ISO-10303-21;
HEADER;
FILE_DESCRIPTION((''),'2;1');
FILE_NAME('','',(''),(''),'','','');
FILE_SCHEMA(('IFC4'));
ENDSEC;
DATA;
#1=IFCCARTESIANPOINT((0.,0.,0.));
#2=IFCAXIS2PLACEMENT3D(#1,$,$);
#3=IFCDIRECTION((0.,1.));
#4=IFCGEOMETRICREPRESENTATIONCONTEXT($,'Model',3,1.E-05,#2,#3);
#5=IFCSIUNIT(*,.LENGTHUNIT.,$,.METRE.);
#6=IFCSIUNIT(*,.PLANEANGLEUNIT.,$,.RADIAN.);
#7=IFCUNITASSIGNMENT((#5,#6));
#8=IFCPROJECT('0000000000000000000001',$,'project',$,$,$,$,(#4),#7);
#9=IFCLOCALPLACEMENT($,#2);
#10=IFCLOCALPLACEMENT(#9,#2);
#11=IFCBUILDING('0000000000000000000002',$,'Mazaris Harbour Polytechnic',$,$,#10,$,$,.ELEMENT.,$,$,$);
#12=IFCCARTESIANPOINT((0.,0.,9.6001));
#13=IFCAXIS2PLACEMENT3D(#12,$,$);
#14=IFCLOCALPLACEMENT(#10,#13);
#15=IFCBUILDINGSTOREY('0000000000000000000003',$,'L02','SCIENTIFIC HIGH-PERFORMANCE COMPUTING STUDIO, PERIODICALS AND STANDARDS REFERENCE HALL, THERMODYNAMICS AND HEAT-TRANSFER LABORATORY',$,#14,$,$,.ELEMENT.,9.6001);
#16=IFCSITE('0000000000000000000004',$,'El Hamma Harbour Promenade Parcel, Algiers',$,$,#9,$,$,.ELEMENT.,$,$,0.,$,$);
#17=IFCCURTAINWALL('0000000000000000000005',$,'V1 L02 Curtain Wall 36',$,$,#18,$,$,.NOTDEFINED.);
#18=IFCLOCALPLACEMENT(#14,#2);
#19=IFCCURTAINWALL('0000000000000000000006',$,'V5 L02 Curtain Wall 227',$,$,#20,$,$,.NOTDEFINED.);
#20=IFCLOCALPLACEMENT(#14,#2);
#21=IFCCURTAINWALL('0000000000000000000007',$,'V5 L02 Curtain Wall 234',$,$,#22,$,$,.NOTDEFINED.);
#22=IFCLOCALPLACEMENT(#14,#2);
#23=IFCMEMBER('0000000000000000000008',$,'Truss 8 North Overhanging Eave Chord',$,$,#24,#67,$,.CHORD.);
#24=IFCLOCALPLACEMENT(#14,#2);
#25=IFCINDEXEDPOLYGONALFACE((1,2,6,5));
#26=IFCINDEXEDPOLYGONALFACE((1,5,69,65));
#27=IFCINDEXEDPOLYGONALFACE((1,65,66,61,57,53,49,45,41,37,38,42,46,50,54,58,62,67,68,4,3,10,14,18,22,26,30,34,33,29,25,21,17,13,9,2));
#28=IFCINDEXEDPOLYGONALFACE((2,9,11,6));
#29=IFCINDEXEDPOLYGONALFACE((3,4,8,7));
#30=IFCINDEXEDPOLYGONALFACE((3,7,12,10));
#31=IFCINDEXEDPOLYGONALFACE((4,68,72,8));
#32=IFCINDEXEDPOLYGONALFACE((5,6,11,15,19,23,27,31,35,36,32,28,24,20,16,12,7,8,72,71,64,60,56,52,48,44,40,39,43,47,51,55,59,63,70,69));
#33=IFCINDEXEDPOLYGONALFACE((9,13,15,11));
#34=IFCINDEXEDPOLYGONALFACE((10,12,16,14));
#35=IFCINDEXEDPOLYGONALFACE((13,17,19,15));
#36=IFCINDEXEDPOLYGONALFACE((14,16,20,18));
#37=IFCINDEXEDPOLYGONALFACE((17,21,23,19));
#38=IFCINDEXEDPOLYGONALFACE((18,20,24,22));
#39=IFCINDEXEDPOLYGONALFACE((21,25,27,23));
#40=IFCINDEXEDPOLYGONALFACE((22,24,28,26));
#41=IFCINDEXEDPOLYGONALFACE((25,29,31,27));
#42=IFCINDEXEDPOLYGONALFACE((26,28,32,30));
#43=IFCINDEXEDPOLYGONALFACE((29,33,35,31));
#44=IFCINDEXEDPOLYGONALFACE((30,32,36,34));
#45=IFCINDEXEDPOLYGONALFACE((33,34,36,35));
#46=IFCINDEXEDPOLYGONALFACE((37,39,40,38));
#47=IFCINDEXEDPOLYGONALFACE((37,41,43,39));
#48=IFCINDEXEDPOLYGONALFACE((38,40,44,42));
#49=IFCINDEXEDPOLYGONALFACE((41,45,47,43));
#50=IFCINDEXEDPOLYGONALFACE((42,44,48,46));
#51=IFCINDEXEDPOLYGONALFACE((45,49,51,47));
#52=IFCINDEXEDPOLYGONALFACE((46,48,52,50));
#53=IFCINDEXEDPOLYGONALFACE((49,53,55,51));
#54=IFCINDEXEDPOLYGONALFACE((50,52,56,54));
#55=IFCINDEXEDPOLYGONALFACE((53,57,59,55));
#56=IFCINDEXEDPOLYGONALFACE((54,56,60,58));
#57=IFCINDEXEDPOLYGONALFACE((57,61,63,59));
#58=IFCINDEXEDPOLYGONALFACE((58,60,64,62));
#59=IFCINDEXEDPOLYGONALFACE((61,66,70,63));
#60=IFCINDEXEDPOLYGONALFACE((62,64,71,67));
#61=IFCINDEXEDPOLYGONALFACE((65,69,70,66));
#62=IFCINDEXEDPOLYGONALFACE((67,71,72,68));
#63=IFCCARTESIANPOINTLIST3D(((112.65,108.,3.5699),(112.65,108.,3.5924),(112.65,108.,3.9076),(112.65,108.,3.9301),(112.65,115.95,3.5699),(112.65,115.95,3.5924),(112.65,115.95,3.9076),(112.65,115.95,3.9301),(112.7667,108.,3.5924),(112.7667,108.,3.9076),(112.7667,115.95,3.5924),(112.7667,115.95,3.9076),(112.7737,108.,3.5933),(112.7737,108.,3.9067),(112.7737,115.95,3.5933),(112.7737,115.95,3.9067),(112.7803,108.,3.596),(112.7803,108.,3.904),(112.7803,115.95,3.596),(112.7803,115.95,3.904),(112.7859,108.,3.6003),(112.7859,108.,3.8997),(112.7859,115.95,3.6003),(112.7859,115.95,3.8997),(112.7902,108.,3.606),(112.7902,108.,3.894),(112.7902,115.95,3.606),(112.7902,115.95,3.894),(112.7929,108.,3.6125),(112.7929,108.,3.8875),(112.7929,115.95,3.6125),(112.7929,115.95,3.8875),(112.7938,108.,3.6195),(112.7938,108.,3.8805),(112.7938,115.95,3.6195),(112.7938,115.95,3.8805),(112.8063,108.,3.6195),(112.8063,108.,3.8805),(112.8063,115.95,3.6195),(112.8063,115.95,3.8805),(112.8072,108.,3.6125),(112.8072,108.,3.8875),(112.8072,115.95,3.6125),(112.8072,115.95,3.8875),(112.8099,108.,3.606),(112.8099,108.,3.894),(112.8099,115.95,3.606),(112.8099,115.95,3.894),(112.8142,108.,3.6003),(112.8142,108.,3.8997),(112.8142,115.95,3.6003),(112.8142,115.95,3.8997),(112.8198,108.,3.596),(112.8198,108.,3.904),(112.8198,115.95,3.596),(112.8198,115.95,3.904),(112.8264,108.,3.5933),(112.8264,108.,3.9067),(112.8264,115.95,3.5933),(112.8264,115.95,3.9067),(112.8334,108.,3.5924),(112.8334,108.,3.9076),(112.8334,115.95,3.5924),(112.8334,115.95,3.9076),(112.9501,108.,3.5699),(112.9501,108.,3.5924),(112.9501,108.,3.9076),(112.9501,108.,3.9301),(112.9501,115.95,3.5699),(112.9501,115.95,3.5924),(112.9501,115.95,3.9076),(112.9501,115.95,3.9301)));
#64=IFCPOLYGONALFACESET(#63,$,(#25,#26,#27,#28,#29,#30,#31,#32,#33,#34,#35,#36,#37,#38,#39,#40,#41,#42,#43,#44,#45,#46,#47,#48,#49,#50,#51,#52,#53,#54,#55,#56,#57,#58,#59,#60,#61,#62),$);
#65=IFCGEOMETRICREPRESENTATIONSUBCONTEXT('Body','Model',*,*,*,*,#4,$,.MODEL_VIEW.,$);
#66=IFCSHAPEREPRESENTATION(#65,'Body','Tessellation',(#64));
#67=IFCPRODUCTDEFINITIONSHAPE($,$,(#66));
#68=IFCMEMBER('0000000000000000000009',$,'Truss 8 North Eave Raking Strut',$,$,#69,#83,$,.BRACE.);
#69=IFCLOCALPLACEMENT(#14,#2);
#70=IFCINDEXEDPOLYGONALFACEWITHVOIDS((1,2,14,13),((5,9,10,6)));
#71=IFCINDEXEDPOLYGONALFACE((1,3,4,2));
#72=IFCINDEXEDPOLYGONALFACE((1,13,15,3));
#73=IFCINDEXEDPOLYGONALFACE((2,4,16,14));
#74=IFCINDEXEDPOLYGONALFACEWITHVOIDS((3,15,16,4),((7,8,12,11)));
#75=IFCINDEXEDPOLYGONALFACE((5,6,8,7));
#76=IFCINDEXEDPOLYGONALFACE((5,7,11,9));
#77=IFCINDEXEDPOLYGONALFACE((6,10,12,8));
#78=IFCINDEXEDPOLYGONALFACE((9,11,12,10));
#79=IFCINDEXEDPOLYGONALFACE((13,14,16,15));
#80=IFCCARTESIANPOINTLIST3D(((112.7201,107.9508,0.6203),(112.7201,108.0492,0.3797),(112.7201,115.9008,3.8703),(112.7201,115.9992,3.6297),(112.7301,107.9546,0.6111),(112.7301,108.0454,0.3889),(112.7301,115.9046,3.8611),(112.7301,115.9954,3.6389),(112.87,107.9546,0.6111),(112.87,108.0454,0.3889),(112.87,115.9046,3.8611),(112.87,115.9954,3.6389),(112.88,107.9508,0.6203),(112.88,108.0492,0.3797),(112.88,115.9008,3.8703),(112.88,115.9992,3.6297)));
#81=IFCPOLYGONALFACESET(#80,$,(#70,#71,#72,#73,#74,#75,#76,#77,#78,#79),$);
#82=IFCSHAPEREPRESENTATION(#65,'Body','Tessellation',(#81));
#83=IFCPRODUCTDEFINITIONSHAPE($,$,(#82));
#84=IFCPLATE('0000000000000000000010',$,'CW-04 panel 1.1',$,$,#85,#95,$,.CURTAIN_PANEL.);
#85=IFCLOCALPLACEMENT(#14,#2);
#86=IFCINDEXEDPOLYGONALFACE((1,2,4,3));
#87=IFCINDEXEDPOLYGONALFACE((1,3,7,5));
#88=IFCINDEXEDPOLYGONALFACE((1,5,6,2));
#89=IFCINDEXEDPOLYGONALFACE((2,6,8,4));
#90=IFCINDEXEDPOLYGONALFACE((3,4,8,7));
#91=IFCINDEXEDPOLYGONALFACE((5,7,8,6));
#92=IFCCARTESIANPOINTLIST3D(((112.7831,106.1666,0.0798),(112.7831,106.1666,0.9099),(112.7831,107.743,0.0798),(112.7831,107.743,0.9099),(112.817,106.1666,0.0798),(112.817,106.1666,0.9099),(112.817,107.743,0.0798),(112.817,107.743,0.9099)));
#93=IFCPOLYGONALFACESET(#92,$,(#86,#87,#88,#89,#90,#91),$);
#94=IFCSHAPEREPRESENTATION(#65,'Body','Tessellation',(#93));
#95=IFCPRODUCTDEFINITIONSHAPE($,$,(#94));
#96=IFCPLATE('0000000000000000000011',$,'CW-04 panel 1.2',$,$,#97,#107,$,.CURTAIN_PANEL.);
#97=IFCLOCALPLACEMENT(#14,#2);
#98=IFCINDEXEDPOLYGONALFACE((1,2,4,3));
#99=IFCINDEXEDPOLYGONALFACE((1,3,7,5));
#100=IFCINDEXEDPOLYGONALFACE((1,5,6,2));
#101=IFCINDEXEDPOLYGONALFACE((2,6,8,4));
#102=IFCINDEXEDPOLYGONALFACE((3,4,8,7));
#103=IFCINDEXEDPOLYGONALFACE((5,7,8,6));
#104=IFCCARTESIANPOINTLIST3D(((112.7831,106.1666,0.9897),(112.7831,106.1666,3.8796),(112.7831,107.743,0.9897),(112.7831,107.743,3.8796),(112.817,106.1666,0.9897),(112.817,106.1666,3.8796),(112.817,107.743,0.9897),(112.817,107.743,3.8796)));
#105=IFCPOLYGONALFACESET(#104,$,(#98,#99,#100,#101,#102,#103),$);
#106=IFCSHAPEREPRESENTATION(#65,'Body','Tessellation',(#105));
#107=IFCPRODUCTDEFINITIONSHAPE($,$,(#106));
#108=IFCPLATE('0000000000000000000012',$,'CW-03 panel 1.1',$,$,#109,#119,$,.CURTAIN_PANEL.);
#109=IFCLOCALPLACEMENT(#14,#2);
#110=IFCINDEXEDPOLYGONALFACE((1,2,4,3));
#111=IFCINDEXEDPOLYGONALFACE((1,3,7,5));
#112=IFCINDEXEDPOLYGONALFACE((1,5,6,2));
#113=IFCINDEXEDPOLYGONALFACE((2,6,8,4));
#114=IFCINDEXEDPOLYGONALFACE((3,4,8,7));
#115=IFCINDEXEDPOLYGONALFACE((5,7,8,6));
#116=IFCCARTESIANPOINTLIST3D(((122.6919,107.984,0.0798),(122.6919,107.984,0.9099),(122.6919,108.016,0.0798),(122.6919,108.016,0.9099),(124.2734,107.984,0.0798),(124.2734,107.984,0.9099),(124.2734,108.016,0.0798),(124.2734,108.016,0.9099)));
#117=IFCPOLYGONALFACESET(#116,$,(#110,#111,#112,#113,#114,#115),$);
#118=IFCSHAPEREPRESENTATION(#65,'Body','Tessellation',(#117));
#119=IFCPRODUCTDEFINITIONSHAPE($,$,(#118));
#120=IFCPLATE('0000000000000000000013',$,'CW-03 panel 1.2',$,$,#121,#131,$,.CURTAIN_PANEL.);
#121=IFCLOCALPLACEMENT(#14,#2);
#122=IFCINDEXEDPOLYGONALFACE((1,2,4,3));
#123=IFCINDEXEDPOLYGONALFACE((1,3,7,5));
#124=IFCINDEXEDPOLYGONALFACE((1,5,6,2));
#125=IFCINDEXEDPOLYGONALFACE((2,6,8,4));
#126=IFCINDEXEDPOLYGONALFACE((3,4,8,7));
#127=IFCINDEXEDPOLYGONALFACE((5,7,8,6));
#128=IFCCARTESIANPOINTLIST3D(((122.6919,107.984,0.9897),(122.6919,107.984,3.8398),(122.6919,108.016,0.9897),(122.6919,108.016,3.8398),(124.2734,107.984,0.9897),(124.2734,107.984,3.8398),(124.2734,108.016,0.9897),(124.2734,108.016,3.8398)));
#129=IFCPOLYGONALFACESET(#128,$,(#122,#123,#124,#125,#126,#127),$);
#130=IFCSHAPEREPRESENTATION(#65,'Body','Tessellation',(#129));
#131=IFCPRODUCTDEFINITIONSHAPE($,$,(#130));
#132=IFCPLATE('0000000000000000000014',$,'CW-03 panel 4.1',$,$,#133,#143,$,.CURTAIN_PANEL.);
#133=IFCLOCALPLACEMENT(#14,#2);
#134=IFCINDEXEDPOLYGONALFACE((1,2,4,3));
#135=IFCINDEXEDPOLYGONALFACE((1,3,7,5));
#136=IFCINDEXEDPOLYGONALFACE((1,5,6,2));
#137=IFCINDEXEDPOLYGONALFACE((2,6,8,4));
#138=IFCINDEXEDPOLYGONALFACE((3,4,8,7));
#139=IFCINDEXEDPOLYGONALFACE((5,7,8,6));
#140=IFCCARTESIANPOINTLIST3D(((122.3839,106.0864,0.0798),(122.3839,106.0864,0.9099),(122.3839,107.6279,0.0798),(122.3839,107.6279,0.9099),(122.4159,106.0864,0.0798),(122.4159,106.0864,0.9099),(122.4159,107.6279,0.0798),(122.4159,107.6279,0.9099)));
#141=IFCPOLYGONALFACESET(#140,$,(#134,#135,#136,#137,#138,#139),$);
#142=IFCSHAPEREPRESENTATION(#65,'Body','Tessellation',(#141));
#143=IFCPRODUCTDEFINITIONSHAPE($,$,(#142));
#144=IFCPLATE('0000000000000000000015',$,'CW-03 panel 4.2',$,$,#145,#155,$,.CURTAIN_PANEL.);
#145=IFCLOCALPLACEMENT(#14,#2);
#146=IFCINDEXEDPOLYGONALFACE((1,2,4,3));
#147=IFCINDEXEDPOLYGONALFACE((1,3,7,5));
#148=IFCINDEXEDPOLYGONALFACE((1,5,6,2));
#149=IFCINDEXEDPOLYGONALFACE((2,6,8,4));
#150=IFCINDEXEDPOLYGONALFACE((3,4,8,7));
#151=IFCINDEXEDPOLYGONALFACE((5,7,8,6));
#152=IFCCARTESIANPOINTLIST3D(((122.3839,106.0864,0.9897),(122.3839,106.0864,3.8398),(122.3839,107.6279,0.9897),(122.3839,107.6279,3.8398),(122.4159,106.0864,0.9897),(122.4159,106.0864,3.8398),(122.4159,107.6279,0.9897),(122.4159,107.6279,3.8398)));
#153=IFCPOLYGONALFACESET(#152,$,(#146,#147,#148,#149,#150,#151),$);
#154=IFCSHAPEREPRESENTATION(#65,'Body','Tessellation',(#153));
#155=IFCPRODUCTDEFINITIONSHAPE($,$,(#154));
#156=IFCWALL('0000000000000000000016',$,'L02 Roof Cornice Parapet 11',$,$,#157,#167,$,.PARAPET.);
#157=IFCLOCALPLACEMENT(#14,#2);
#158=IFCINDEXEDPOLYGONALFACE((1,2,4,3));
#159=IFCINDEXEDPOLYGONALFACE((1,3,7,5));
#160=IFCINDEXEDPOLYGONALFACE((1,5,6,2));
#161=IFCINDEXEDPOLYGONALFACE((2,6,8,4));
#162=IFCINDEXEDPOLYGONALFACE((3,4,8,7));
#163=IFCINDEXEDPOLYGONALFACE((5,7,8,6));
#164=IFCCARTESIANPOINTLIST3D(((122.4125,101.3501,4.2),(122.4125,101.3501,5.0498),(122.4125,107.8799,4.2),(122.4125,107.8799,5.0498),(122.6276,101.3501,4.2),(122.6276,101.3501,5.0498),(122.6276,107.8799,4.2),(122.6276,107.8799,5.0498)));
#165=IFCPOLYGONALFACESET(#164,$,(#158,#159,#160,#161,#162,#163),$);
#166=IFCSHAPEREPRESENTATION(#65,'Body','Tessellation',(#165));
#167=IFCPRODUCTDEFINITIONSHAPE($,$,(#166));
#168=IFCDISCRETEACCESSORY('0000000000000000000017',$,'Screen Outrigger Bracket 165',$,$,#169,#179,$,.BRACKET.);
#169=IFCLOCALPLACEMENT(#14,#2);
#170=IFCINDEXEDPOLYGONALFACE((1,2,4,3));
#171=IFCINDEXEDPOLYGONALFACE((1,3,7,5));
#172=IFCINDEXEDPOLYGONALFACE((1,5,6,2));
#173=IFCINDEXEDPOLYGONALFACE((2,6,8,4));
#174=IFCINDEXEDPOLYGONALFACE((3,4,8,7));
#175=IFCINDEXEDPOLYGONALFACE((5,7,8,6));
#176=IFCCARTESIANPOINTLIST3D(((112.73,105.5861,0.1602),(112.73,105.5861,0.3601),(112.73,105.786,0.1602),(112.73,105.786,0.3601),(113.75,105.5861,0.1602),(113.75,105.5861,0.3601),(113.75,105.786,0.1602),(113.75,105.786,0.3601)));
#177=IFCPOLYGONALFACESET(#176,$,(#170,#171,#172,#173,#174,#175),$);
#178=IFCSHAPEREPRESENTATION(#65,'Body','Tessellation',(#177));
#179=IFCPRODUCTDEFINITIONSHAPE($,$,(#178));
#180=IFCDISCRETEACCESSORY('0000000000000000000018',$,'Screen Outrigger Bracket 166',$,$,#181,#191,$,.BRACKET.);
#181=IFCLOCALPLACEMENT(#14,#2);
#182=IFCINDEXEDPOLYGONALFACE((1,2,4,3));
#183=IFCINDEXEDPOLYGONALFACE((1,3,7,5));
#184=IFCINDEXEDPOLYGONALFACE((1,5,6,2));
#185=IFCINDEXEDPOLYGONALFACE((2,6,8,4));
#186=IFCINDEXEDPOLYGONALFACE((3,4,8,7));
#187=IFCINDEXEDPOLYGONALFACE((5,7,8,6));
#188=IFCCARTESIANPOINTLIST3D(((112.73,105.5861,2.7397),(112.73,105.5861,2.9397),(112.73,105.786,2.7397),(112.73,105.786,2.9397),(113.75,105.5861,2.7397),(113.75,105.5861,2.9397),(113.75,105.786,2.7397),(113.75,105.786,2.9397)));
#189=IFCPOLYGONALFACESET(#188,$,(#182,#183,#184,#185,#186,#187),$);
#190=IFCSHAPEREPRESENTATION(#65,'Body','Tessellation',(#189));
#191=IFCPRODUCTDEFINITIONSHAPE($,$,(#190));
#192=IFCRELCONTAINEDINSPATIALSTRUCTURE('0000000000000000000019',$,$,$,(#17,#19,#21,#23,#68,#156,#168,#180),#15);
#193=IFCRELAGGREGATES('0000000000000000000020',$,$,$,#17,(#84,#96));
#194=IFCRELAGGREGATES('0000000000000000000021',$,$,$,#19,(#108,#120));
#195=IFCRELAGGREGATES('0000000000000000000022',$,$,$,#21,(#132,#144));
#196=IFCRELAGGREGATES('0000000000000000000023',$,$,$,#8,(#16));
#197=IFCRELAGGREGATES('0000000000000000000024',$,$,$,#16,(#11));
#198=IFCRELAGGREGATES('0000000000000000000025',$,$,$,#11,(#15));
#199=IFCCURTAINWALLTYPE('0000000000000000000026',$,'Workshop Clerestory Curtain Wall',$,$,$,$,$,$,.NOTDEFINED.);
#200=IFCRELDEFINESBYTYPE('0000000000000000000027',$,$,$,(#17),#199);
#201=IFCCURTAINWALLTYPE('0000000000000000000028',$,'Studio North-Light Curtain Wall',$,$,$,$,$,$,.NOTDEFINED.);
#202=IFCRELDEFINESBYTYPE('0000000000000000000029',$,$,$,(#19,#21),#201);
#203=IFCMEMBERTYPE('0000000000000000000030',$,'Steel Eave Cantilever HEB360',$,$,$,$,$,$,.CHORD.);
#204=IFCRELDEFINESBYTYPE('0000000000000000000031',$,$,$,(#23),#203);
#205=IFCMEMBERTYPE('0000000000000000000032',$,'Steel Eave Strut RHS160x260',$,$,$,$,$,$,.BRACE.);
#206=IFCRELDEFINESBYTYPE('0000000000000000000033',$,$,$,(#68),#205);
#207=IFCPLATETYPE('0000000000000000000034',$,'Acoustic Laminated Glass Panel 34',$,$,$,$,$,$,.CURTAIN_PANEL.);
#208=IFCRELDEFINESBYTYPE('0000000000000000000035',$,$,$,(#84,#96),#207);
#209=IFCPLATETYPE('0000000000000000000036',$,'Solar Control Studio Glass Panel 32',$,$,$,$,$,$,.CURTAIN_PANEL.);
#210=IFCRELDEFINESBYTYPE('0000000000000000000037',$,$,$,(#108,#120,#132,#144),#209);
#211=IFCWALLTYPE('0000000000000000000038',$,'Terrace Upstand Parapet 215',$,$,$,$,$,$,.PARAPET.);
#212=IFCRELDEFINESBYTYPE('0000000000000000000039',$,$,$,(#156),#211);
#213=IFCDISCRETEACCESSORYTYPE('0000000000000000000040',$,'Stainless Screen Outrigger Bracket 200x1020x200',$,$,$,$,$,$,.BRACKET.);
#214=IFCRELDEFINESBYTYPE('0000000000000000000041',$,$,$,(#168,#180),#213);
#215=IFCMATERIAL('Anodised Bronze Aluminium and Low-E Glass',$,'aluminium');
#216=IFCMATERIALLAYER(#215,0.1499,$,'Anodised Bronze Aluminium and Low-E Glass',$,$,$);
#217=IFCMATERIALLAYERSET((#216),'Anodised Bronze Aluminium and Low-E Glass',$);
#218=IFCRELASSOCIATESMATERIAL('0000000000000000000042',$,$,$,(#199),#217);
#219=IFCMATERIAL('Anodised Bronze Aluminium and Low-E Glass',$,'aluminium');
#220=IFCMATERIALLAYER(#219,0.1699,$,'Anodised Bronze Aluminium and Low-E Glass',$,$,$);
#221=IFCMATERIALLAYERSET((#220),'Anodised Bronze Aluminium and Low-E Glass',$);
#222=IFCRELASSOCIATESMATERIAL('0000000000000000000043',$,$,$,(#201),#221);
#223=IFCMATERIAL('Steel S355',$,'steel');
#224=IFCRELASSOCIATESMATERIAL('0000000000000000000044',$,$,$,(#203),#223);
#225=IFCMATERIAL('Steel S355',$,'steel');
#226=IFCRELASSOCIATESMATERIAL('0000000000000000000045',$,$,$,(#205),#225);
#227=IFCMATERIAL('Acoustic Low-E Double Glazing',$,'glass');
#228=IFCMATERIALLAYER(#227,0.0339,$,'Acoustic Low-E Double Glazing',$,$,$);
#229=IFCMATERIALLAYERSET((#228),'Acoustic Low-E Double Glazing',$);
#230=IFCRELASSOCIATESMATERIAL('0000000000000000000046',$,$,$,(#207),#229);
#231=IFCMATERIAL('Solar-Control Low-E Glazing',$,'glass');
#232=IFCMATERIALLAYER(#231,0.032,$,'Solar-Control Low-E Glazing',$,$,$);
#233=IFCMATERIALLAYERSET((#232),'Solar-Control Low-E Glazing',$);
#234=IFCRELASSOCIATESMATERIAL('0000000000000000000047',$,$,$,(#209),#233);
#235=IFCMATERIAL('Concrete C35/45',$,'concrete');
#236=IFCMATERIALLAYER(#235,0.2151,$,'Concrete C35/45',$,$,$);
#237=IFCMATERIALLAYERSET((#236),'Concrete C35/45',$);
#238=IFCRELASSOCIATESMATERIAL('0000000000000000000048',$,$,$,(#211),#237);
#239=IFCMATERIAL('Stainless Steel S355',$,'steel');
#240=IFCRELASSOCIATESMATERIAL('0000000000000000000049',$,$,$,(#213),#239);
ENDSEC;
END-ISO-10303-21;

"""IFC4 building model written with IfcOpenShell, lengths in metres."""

from ifc_helpers import new_model, si_unit, direction, frame, frame_2d, origin, origin_2d, place, context, subcontext, project, spatial, rectangle, hollow_rectangle, i_section, extrude, material, layer, layer_set, material_profile, profile_set, type_object, element, aggregate, save


model = new_model("IFC4")

# Units and contexts
model_context = context("Model", 3, precision=1e-05, world=origin(), true_north=direction((0.0, 1.0)))
body_context = subcontext(model_context, "Body", "Model", "MODEL_VIEW")
ifc_project = project(units=[si_unit("LENGTHUNIT", "METRE"), si_unit("PLANEANGLEUNIT", "RADIAN")], contexts=[model_context])

# Site, building, storey
site_placement = place(None, origin())
site = spatial("IfcSite", under=ifc_project, at=site_placement, Name="El Hamma Harbour Promenade Parcel, Algiers", CompositionType="ELEMENT", RefElevation=0.0)
building_placement = place(site_placement, origin())
building = spatial("IfcBuilding", under=site, at=building_placement, Name="Mazaris Harbour Polytechnic", CompositionType="ELEMENT")
storey_placement = place(building_placement, frame((0.0, 0.0, 9.6001)))
storey = spatial("IfcBuildingStorey", under=building, at=storey_placement, Name="L02", Description="SCIENTIFIC HIGH-PERFORMANCE COMPUTING STUDIO, PERIODICALS AND STANDARDS REFERENCE HALL, THERMODYNAMICS AND HEAT-TRANSFER LABORATORY", CompositionType="ELEMENT", Elevation=9.6001)

# Curtain walls
ifc_material_1 = material(Name="Anodised Bronze Aluminium and Low-E Glass", Category="aluminium")
ifc_layer_1 = layer(ifc_material_1, 0.1499, Name="Anodised Bronze Aluminium and Low-E Glass")
ifc_layer_set_1 = layer_set([ifc_layer_1], Name="Anodised Bronze Aluminium and Low-E Glass")
curtain_wall_type_1 = type_object("IfcCurtainWallType", Name="Workshop Clerestory Curtain Wall", PredefinedType="NOTDEFINED", material=ifc_layer_set_1)
curtain_wall_1_placement = place(storey_placement, origin())
curtain_wall_1 = element("IfcCurtainWall", 1, at=curtain_wall_1_placement, inside=storey, type_object=curtain_wall_type_1, Name="V1 L02 Curtain Wall 36", PredefinedType="NOTDEFINED")
ifc_material_2 = material(Name="Anodised Bronze Aluminium and Low-E Glass", Category="aluminium")
ifc_layer_2 = layer(ifc_material_2, 0.1699, Name="Anodised Bronze Aluminium and Low-E Glass")
ifc_layer_set_2 = layer_set([ifc_layer_2], Name="Anodised Bronze Aluminium and Low-E Glass")
curtain_wall_type_2 = type_object("IfcCurtainWallType", Name="Studio North-Light Curtain Wall", PredefinedType="NOTDEFINED", material=ifc_layer_set_2)
curtain_wall_2_placement = place(storey_placement, origin())
curtain_wall_2 = element("IfcCurtainWall", 2, at=curtain_wall_2_placement, inside=storey, type_object=curtain_wall_type_2, Name="V5 L02 Curtain Wall 227", PredefinedType="NOTDEFINED")
curtain_wall_3_placement = place(storey_placement, origin())
curtain_wall_3 = element("IfcCurtainWall", 3, at=curtain_wall_3_placement, inside=storey, type_object=curtain_wall_type_2, Name="V5 L02 Curtain Wall 234", PredefinedType="NOTDEFINED")

# Members
ifc_material_3 = material(Name="Steel S355", Category="steel")
ifc_material_profile_1 = material_profile(ifc_material_3, i_section(OverallWidth=0.3, OverallDepth=0.3601, WebThickness=0.0125, FlangeThickness=0.0225, FilletRadius=0.0271, at=origin_2d()), Name="HEB 360")
ifc_profile_set_1 = profile_set([ifc_material_profile_1], Name="Steel S355")
member_type_1 = type_object("IfcMemberType", Name="Steel Eave Cantilever HEB360", PredefinedType="CHORD", material=ifc_profile_set_1)
member_1_placement = place(storey_placement, frame((112.8, 108.0, 3.75), z_axis=(0.0, 1.0, 0.0), x_axis=(-1.0, 0.0, 0.0)))
element("IfcMember", 4, at=member_1_placement, inside=storey, type_object=member_type_1, Name="Truss 8 North Overhanging Eave Chord", PredefinedType="CHORD", context=body_context, shape_type="SweptSolid", body=[
    extrude(i_section(OverallWidth=0.3, OverallDepth=0.3601, WebThickness=0.0125, FlangeThickness=0.0225, FilletRadius=0.0271, at=origin_2d()), origin(), (0.0, 0.0, 1.0), 7.95),
])
ifc_material_4 = material(Name="Steel S355", Category="steel")
ifc_material_profile_2 = material_profile(ifc_material_4, hollow_rectangle(XDim=0.1599, YDim=0.26, WallThickness=0.01, at=origin_2d()), Name="RHS 160x260x10.0")
ifc_profile_set_2 = profile_set([ifc_material_profile_2], Name="Steel S355")
member_type_2 = type_object("IfcMemberType", Name="Steel Eave Strut RHS160x260", PredefinedType="BRACE", material=ifc_profile_set_2)
member_2_placement = place(storey_placement, frame((112.8, 108.0, 0.5), z_axis=(0.0, 0.925639, 0.378408), x_axis=(-1.0, 0.0, 0.0)))
element("IfcMember", 5, at=member_2_placement, inside=storey, type_object=member_type_2, Name="Truss 8 North Eave Raking Strut", PredefinedType="BRACE", context=body_context, shape_type="SweptSolid", body=[
    extrude(hollow_rectangle(XDim=0.1599, YDim=0.26, WallThickness=0.01, at=origin_2d()), origin(), (0.0, 0.0, 1.0), 8.5886),
])

# Plates
ifc_material_5 = material(Name="Acoustic Low-E Double Glazing", Category="glass")
ifc_layer_3 = layer(ifc_material_5, 0.0339, Name="Acoustic Low-E Double Glazing")
ifc_layer_set_3 = layer_set([ifc_layer_3], Name="Acoustic Low-E Double Glazing")
plate_type_1 = type_object("IfcPlateType", Name="Acoustic Laminated Glass Panel 34", PredefinedType="CURTAIN_PANEL", material=ifc_layer_set_3)
plate_1_placement = place(storey_placement, frame((112.8, 106.9548, 0.0798), z_axis=(0.0, 0.0, 1.0), x_axis=(0.0, -1.0, 0.0)))
plate_1 = element("IfcPlate", 6, at=plate_1_placement, type_object=plate_type_1, Name="CW-04 panel 1.1", PredefinedType="CURTAIN_PANEL", context=body_context, shape_type="SweptSolid", body=[
    extrude(rectangle(XDim=1.5764, YDim=0.0339, at=origin_2d()), origin(), (0.0, 0.0, 1.0), 0.8301),
])
plate_2_placement = place(storey_placement, frame((112.8, 106.9548, 0.9897), z_axis=(0.0, 0.0, 1.0), x_axis=(0.0, -1.0, 0.0)))
plate_2 = element("IfcPlate", 7, at=plate_2_placement, type_object=plate_type_1, Name="CW-04 panel 1.2", PredefinedType="CURTAIN_PANEL", context=body_context, shape_type="SweptSolid", body=[
    extrude(rectangle(XDim=1.5764, YDim=0.0339, at=origin_2d()), origin(), (0.0, 0.0, 1.0), 2.8899),
])
aggregate(curtain_wall_1, [plate_1, plate_2])
ifc_material_6 = material(Name="Solar-Control Low-E Glazing", Category="glass")
ifc_layer_4 = layer(ifc_material_6, 0.032, Name="Solar-Control Low-E Glazing")
ifc_layer_set_4 = layer_set([ifc_layer_4], Name="Solar-Control Low-E Glazing")
plate_type_2 = type_object("IfcPlateType", Name="Solar Control Studio Glass Panel 32", PredefinedType="CURTAIN_PANEL", material=ifc_layer_set_4)
plate_3_placement = place(storey_placement, frame((123.4827, 108.0, 0.0798), z_axis=(0.0, 0.0, 1.0), x_axis=(1.0, 0.0, 0.0)))
plate_3 = element("IfcPlate", 8, at=plate_3_placement, type_object=plate_type_2, Name="CW-03 panel 1.1", PredefinedType="CURTAIN_PANEL", context=body_context, shape_type="SweptSolid", body=[
    extrude(rectangle(XDim=1.5815, YDim=0.032, at=origin_2d()), origin(), (0.0, 0.0, 1.0), 0.8301),
])
plate_4_placement = place(storey_placement, frame((123.4827, 108.0, 0.9897), z_axis=(0.0, 0.0, 1.0), x_axis=(1.0, 0.0, 0.0)))
plate_4 = element("IfcPlate", 9, at=plate_4_placement, type_object=plate_type_2, Name="CW-03 panel 1.2", PredefinedType="CURTAIN_PANEL", context=body_context, shape_type="SweptSolid", body=[
    extrude(rectangle(XDim=1.5815, YDim=0.032, at=origin_2d()), origin(), (0.0, 0.0, 1.0), 2.8501),
])
aggregate(curtain_wall_2, [plate_3, plate_4])
plate_5_placement = place(storey_placement, frame((122.3999, 106.8572, 0.0798), z_axis=(0.0, 0.0, 1.0), x_axis=(0.0, 1.0, 0.0)))
plate_5 = element("IfcPlate", 10, at=plate_5_placement, type_object=plate_type_2, Name="CW-03 panel 4.1", PredefinedType="CURTAIN_PANEL", context=body_context, shape_type="SweptSolid", body=[
    extrude(rectangle(XDim=1.5415, YDim=0.032, at=origin_2d()), origin(), (0.0, 0.0, 1.0), 0.8301),
])
plate_6_placement = place(storey_placement, frame((122.3999, 106.8572, 0.9897), z_axis=(0.0, 0.0, 1.0), x_axis=(0.0, 1.0, 0.0)))
plate_6 = element("IfcPlate", 11, at=plate_6_placement, type_object=plate_type_2, Name="CW-03 panel 4.2", PredefinedType="CURTAIN_PANEL", context=body_context, shape_type="SweptSolid", body=[
    extrude(rectangle(XDim=1.5415, YDim=0.032, at=origin_2d()), origin(), (0.0, 0.0, 1.0), 2.8501),
])
aggregate(curtain_wall_3, [plate_5, plate_6])

# Wall
ifc_material_7 = material(Name="Concrete C35/45", Category="concrete")
ifc_layer_5 = layer(ifc_material_7, 0.2151, Name="Concrete C35/45")
ifc_layer_set_5 = layer_set([ifc_layer_5], Name="Concrete C35/45")
wall_type = type_object("IfcWallType", Name="Terrace Upstand Parapet 215", PredefinedType="PARAPET", material=ifc_layer_set_5)
wall_placement = place(storey_placement, frame((122.52, 107.8799, 4.2), z_axis=(0.0, 0.0, 1.0), x_axis=(0.0, -1.0, 0.0)))
element("IfcWall", 12, at=wall_placement, inside=storey, type_object=wall_type, Name="L02 Roof Cornice Parapet 11", PredefinedType="PARAPET", context=body_context, shape_type="SweptSolid", body=[
    extrude(rectangle(XDim=6.5298, YDim=0.2151, at=frame_2d((3.2649, 0.0))), origin(), (0.0, 0.0, 1.0), 0.8499),
])

# Discrete accessories
ifc_material_8 = material(Name="Stainless Steel S355", Category="steel")
discrete_accessory_type_1 = type_object("IfcDiscreteAccessoryType", Name="Stainless Screen Outrigger Bracket 200x1020x200", PredefinedType="BRACKET", material=ifc_material_8)
for number, where, z_axis, x_axis, name in (
    (13, (113.24, 105.686, 0.1602), (0.0, 0.0, 1.0), (0.0, -1.0, 0.0), "Screen Outrigger Bracket 165"),
    (14, (113.24, 105.686, 2.7397), (0.0, 0.0, 1.0), (0.0, -1.0, 0.0), "Screen Outrigger Bracket 166"),
):
    element("IfcDiscreteAccessory", number, at=place(storey_placement, frame(where, z_axis=z_axis, x_axis=x_axis)), inside=storey, type_object=discrete_accessory_type_1, Name=name, PredefinedType="BRACKET", context=body_context, shape_type="SweptSolid", body=[
        extrude(rectangle(XDim=0.2, YDim=1.02, at=origin_2d()), origin(), (0.0, 0.0, 1.0), 0.2),
    ])

save(model, "model.ifc")
